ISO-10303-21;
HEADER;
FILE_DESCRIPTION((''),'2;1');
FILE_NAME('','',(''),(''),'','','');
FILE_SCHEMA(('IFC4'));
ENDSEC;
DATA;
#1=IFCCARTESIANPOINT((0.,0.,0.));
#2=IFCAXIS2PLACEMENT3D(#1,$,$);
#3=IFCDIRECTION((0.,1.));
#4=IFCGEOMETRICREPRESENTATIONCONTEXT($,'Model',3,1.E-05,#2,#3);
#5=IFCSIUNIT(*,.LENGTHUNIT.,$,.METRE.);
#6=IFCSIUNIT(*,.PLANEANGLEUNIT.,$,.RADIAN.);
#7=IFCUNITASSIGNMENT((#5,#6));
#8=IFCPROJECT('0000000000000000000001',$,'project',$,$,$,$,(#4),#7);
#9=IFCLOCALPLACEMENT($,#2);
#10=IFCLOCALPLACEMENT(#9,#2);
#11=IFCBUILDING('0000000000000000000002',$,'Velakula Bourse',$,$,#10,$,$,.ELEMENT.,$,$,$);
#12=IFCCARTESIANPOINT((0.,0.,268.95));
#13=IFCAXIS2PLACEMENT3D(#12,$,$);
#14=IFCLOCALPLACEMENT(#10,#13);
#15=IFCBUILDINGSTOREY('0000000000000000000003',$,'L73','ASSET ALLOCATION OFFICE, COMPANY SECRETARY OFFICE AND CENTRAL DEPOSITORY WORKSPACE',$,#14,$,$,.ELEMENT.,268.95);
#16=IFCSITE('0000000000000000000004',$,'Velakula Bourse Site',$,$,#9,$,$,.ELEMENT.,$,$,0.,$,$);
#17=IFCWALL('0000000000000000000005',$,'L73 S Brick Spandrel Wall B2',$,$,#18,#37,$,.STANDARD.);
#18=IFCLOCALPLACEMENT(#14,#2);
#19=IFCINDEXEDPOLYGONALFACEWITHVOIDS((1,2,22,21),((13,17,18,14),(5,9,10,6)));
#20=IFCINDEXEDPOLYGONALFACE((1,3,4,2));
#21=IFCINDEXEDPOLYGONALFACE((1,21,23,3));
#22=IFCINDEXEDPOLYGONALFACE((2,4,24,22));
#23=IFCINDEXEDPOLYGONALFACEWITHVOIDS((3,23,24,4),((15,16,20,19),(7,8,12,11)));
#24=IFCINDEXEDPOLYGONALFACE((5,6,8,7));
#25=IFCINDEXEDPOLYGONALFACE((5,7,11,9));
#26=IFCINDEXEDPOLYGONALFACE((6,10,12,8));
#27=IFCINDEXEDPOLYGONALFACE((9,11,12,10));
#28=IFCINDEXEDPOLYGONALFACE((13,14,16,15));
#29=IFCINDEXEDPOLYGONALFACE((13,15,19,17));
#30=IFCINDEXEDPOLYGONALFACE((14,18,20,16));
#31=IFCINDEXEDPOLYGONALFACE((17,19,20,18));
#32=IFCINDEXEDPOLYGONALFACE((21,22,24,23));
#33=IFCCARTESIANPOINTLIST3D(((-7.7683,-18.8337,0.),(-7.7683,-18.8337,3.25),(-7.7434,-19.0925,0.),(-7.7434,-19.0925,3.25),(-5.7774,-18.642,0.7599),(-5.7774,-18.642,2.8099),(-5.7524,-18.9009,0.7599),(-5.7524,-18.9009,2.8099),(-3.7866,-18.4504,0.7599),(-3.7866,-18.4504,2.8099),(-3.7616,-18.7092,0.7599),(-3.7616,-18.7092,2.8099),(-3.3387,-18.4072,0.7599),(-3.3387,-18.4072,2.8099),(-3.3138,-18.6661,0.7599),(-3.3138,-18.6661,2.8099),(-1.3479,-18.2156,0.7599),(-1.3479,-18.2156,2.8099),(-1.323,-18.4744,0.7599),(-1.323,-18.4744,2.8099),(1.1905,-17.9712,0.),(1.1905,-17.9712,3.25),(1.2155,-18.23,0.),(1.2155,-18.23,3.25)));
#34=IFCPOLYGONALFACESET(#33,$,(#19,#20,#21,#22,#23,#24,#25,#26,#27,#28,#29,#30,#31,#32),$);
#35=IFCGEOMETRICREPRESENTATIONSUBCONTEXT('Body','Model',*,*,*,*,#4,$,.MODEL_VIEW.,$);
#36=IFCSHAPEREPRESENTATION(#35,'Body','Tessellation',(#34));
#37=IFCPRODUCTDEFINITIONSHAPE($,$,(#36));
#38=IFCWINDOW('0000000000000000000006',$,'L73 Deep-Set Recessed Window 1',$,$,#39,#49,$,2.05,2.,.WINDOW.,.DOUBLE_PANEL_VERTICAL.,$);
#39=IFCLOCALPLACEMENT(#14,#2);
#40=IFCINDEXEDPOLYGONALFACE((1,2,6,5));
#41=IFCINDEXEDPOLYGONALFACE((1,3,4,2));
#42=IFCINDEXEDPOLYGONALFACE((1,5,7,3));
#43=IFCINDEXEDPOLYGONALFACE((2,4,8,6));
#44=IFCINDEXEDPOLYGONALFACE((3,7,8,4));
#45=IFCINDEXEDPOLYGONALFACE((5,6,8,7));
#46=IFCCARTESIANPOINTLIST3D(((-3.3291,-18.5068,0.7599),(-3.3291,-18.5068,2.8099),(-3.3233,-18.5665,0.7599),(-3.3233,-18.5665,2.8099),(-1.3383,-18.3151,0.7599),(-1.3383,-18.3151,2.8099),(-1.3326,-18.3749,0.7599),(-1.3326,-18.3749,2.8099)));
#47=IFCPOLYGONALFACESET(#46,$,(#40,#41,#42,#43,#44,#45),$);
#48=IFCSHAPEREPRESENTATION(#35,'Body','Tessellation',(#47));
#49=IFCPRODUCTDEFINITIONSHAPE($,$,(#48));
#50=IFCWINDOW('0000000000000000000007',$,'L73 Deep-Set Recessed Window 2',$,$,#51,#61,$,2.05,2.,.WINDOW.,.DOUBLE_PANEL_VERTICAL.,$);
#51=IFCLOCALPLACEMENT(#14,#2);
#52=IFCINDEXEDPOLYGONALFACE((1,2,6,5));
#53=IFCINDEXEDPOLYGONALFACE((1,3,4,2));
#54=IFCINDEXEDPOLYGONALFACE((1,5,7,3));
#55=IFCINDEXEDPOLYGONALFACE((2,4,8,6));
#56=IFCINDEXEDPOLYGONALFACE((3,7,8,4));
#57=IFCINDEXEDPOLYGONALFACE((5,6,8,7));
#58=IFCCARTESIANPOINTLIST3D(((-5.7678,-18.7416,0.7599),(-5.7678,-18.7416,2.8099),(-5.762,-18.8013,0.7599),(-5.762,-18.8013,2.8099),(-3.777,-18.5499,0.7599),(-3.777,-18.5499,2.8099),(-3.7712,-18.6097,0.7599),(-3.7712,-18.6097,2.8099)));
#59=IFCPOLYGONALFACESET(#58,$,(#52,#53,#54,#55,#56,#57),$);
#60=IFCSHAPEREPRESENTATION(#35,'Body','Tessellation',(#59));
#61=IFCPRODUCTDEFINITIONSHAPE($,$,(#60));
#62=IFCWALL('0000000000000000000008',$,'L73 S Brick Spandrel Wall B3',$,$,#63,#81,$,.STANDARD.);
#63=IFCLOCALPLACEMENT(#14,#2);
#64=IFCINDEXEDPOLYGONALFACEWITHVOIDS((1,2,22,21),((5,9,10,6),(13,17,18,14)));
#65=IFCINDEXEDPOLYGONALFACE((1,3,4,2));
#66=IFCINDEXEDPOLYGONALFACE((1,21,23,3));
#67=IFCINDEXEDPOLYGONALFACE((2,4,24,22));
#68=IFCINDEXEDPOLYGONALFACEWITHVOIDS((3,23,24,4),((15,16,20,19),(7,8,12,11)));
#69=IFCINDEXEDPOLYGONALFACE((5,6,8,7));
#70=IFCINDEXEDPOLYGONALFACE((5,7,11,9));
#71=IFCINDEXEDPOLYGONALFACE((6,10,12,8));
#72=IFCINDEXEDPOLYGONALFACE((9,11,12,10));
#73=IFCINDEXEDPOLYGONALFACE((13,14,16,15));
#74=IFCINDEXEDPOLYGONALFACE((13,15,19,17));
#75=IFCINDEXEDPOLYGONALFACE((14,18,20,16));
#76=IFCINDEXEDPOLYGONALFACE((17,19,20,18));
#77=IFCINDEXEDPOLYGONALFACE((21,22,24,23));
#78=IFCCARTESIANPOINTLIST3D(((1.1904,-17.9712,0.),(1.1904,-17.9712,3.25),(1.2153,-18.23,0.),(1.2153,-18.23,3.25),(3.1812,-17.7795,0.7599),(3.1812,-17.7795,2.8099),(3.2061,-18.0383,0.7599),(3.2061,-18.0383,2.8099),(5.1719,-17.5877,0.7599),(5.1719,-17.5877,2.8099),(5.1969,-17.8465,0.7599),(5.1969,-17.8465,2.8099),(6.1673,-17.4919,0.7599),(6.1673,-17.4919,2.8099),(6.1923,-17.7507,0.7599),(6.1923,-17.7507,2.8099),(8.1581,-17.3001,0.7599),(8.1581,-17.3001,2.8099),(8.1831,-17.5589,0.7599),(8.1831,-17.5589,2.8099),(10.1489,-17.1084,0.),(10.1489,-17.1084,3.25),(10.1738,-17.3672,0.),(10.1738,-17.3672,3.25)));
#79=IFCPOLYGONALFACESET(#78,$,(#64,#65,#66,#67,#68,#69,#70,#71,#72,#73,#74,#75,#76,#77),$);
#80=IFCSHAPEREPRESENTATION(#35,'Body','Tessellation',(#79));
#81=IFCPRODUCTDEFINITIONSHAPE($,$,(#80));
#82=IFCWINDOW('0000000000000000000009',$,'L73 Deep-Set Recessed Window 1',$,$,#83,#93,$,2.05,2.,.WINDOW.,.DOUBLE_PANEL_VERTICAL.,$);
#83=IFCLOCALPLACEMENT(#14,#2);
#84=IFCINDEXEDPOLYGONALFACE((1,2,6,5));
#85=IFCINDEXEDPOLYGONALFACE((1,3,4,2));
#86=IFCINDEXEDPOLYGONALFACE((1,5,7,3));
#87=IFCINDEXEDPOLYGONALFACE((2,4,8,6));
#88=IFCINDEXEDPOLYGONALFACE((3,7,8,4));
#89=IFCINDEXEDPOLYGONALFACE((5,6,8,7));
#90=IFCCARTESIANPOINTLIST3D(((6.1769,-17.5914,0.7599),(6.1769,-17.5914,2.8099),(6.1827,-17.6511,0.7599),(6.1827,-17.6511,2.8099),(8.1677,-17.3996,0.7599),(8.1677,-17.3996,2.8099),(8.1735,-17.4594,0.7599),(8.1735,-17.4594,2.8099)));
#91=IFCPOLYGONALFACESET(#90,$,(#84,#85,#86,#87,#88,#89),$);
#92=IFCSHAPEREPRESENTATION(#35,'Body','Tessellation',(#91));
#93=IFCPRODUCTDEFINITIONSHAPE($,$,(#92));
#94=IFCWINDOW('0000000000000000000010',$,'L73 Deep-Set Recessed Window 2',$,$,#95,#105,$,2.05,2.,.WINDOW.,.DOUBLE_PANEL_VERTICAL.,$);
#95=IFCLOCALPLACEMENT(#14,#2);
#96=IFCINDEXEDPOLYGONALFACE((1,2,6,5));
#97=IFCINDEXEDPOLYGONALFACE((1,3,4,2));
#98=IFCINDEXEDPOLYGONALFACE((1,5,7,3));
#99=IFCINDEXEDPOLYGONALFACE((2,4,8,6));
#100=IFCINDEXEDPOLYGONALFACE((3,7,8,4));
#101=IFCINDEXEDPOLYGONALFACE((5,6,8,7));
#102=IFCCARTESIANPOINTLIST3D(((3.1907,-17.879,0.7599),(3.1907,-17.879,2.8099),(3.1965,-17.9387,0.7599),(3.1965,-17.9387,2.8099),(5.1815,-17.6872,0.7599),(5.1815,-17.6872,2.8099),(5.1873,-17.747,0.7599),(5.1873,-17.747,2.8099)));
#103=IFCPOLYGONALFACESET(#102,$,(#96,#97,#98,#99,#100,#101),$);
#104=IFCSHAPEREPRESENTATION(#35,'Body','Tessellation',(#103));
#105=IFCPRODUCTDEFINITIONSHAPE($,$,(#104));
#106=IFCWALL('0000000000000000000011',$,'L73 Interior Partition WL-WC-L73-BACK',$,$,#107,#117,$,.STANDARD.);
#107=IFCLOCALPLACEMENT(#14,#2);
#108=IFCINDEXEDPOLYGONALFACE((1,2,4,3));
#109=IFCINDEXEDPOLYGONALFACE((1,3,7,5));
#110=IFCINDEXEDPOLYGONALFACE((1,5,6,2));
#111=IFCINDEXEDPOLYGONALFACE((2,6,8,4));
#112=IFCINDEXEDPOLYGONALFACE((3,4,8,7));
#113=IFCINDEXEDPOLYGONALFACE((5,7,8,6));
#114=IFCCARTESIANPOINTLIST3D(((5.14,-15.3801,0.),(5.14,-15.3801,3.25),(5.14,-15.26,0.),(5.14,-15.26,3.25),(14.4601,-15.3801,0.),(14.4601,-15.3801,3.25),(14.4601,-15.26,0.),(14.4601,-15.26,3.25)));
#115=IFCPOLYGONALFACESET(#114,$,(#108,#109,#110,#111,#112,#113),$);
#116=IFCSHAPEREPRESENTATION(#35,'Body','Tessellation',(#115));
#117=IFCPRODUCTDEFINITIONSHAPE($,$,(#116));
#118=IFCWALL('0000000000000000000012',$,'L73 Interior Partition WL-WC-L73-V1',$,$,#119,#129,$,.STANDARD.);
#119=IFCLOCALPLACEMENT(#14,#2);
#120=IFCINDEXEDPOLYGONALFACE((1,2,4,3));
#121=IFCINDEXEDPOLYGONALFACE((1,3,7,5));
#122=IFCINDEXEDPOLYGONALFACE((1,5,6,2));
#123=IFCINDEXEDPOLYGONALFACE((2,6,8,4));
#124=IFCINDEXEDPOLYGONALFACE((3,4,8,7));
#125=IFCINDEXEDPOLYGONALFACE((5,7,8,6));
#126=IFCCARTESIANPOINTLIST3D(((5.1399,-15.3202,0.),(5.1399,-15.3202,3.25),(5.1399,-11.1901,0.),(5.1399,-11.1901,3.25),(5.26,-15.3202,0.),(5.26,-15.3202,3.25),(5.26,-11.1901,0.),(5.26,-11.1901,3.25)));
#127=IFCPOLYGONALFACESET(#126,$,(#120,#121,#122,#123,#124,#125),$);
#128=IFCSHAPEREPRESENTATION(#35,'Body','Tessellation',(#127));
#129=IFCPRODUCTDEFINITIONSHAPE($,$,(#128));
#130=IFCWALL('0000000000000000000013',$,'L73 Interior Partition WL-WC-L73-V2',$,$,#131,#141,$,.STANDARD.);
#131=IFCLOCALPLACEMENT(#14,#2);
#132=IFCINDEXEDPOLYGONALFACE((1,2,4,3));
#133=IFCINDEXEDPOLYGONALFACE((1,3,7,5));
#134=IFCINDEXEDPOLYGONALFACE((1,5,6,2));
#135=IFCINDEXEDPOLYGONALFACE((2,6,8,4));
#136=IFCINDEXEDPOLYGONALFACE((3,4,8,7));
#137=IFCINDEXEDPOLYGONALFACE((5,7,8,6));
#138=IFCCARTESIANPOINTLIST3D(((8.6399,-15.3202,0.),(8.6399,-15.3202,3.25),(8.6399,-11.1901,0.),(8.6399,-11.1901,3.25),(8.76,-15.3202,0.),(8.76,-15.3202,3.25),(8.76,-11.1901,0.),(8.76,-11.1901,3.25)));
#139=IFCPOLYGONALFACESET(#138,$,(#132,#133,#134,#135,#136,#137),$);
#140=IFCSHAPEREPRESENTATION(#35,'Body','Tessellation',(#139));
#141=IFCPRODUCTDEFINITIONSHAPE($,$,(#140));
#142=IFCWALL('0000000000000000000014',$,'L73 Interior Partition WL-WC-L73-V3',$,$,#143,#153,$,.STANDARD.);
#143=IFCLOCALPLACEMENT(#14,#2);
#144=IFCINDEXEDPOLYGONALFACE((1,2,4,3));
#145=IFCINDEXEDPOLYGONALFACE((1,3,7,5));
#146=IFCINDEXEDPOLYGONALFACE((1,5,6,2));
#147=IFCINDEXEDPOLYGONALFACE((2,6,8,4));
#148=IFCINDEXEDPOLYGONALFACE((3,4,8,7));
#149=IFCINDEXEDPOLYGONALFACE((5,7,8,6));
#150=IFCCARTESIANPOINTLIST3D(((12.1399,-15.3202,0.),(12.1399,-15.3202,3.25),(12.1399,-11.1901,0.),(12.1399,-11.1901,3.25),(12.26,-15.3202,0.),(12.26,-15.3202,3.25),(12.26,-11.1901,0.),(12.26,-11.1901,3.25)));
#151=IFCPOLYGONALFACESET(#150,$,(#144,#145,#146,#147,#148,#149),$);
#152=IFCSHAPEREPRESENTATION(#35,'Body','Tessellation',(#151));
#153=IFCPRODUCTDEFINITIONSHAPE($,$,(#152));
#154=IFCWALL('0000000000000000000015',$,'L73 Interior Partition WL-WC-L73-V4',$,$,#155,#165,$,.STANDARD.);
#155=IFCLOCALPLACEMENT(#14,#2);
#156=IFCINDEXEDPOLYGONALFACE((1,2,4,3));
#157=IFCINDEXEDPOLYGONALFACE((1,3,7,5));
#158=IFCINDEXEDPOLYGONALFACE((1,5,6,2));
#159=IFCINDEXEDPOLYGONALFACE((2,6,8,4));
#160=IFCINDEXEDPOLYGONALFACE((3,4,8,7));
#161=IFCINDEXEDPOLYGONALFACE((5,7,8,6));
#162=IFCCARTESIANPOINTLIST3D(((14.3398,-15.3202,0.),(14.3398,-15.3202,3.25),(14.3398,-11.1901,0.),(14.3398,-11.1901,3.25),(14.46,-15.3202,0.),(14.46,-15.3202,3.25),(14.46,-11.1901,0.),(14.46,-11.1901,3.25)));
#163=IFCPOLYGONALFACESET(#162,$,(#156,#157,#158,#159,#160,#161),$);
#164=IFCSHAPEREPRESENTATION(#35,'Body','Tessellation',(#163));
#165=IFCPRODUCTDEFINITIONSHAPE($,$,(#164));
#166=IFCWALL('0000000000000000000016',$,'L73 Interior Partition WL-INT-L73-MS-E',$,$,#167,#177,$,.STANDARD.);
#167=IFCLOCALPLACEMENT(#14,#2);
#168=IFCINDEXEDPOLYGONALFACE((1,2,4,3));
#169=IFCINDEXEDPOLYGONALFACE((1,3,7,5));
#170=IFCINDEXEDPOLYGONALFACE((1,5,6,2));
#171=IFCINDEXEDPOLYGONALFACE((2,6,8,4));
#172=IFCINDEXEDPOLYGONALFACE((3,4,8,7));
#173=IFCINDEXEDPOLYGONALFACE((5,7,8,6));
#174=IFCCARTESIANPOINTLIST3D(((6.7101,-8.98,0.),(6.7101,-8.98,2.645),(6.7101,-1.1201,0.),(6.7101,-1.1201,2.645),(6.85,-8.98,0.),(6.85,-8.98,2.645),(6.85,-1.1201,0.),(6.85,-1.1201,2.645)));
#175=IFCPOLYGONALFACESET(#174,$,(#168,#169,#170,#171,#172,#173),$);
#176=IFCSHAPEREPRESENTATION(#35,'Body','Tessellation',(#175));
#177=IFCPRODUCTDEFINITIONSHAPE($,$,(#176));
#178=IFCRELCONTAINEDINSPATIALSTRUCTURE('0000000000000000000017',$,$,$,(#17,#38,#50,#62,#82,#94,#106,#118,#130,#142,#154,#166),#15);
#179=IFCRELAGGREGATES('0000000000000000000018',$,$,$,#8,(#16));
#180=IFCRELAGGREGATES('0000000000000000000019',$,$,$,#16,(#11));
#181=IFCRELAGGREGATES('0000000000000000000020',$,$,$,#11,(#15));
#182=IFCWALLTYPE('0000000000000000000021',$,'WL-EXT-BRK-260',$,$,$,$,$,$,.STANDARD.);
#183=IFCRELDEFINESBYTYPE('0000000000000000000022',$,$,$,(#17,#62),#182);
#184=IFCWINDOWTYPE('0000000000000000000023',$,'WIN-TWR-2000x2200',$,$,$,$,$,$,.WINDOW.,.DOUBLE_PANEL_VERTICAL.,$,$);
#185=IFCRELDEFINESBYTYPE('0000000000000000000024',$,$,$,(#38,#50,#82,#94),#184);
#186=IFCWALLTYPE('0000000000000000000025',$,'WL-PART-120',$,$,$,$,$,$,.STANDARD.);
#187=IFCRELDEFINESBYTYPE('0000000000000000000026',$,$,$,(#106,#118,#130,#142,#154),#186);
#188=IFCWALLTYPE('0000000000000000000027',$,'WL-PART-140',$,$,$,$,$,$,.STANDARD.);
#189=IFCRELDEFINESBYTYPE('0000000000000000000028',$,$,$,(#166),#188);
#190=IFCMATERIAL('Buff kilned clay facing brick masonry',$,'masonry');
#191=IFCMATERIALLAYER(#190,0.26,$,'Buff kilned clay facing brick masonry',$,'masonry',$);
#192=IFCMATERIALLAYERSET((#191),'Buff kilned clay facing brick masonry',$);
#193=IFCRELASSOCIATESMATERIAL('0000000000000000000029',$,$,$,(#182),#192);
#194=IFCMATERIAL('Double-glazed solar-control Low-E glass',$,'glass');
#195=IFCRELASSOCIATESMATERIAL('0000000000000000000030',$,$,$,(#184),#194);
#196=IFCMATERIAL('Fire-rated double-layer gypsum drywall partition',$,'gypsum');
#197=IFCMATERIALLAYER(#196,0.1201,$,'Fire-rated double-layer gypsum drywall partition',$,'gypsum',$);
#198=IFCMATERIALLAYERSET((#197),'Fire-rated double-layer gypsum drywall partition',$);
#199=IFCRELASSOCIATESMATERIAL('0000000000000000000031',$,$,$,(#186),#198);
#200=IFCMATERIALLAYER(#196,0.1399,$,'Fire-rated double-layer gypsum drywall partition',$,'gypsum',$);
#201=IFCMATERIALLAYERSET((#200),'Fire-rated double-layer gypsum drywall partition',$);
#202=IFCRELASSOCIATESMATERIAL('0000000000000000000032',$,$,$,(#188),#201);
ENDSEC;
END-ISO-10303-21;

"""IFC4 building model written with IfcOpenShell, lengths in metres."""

from ifc_helpers import new_model, si_unit, direction, frame, frame_2d, origin, place, context, subcontext, project, spatial, rectangle, extrude, material, layer, layer_set, type_object, element, fill, save


model = new_model("IFC4")

# Units and contexts
model_context = context("Model", 3, precision=1e-05, world=origin(), true_north=direction((0.0, 1.0)))
body_context = subcontext(model_context, "Body", "Model", "MODEL_VIEW")
ifc_project = project(units=[si_unit("LENGTHUNIT", "METRE"), si_unit("PLANEANGLEUNIT", "RADIAN")], contexts=[model_context])

# Site, building, storey
site_placement = place(None, origin())
site = spatial("IfcSite", under=ifc_project, at=site_placement, Name="Velakula Bourse Site", CompositionType="ELEMENT", RefElevation=0.0)
building_placement = place(site_placement, origin())
building = spatial("IfcBuilding", under=site, at=building_placement, Name="Velakula Bourse", CompositionType="ELEMENT")
storey_placement = place(building_placement, frame((0.0, 0.0, 268.95)))
storey = spatial("IfcBuildingStorey", under=building, at=storey_placement, Name="L73", Description="ASSET ALLOCATION OFFICE, COMPANY SECRETARY OFFICE AND CENTRAL DEPOSITORY WORKSPACE", CompositionType="ELEMENT", Elevation=268.95)

# Walls, openings, windows
ifc_material_1 = material(Name="Buff kilned clay facing brick masonry", Category="masonry")
ifc_layer_1 = layer(ifc_material_1, 0.26, Name="Buff kilned clay facing brick masonry", Category="masonry")
ifc_layer_set_1 = layer_set([ifc_layer_1], Name="Buff kilned clay facing brick masonry")
wall_type_1 = type_object("IfcWallType", Name="WL-EXT-BRK-260", PredefinedType="STANDARD", material=ifc_layer_set_1)
wall_1_placement = place(storey_placement, frame((1.2029, -18.1006, 0.0), z_axis=(0.0, 0.0, 1.0), x_axis=(-0.995397, -0.095837, 0.0)))
wall_1 = element("IfcWall", 1, at=wall_1_placement, inside=storey, type_object=wall_type_1, Name="L73 S Brick Spandrel Wall B2", PredefinedType="STANDARD", context=body_context, shape_type="SweptSolid", body=[
    extrude(rectangle(XDim=9.0002, YDim=0.26, at=frame_2d((4.5, 0.0))), origin(), (0.0, 0.0, 1.0), 3.25),
])
opening_1_placement = place(wall_1_placement, frame((2.55, 0.0, 0.76)))
opening_1 = element("IfcOpeningElement", 2, at=opening_1_placement, cuts=wall_1, PredefinedType="OPENING", context=body_context, shape_type="SweptSolid", body=[
    extrude(rectangle(XDim=2.0, YDim=2.05, at=frame_2d((1.0, 1.0249))), frame((0.0, 0.1399, 0.0), z_axis=(0.0, -1.0, 0.0), x_axis=(1.0, 0.0, 0.0)), (0.0, 0.0, 1.0), 0.28),
])
opening_2_placement = place(wall_1_placement, frame((5.0, 0.0, 0.76)))
opening_2 = element("IfcOpeningElement", 3, at=opening_2_placement, cuts=wall_1, PredefinedType="OPENING", context=body_context, shape_type="SweptSolid", body=[
    extrude(rectangle(XDim=2.0, YDim=2.05, at=frame_2d((1.0, 1.0249))), frame((0.0, 0.1399, 0.0), z_axis=(0.0, -1.0, 0.0), x_axis=(1.0, 0.0, 0.0)), (0.0, 0.0, 1.0), 0.28),
])
ifc_material_2 = material(Name="Double-glazed solar-control Low-E glass", Category="glass")
window_type = type_object("IfcWindowType", Name="WIN-TWR-2000x2200", PartitioningType="DOUBLE_PANEL_VERTICAL", PredefinedType="WINDOW", material=ifc_material_2)
window_1_placement = place(opening_1_placement, origin())
window_1 = element("IfcWindow", 4, at=window_1_placement, inside=storey, type_object=window_type, Name="L73 Deep-Set Recessed Window 1", OverallHeight=2.05, OverallWidth=2.0, PartitioningType="DOUBLE_PANEL_VERTICAL", PredefinedType="WINDOW", context=body_context, shape_type="SweptSolid", body=[
    extrude(rectangle(XDim=2.0, YDim=2.05, at=frame_2d((1.0, 1.0249))), frame((0.0, 0.03, 0.0), z_axis=(0.0, -1.0, 0.0), x_axis=(1.0, 0.0, 0.0)), (0.0, 0.0, 1.0), 0.0601),
])
fill(opening_1, window_1)
window_2_placement = place(opening_2_placement, origin())
window_2 = element("IfcWindow", 5, at=window_2_placement, inside=storey, type_object=window_type, Name="L73 Deep-Set Recessed Window 2", OverallHeight=2.05, OverallWidth=2.0, PartitioningType="DOUBLE_PANEL_VERTICAL", PredefinedType="WINDOW", context=body_context, shape_type="SweptSolid", body=[
    extrude(rectangle(XDim=2.0, YDim=2.05, at=frame_2d((1.0, 1.0249))), frame((0.0, 0.03, 0.0), z_axis=(0.0, -1.0, 0.0), x_axis=(1.0, 0.0, 0.0)), (0.0, 0.0, 1.0), 0.0601),
])
fill(opening_2, window_2)
wall_2_placement = place(storey_placement, frame((10.1614, -17.2378, 0.0), z_axis=(0.0, 0.0, 1.0), x_axis=(-0.995394, -0.095866, 0.0)))
wall_2 = element("IfcWall", 6, at=wall_2_placement, inside=storey, type_object=wall_type_1, Name="L73 S Brick Spandrel Wall B3", PredefinedType="STANDARD", context=body_context, shape_type="SweptSolid", body=[
    extrude(rectangle(XDim=9.0, YDim=0.26, at=frame_2d((4.5, 0.0))), origin(), (0.0, 0.0, 1.0), 3.25),
])
opening_3_placement = place(wall_2_placement, frame((2.0, 0.0, 0.76)))
opening_3 = element("IfcOpeningElement", 7, at=opening_3_placement, cuts=wall_2, PredefinedType="OPENING", context=body_context, shape_type="SweptSolid", body=[
    extrude(rectangle(XDim=2.0, YDim=2.05, at=frame_2d((1.0, 1.0249))), frame((0.0, 0.1399, 0.0), z_axis=(0.0, -1.0, 0.0), x_axis=(1.0, 0.0, 0.0)), (0.0, 0.0, 1.0), 0.28),
])
opening_4_placement = place(wall_2_placement, frame((5.0, 0.0, 0.76)))
opening_4 = element("IfcOpeningElement", 8, at=opening_4_placement, cuts=wall_2, PredefinedType="OPENING", context=body_context, shape_type="SweptSolid", body=[
    extrude(rectangle(XDim=2.0, YDim=2.05, at=frame_2d((1.0, 1.0249))), frame((0.0, 0.1399, 0.0), z_axis=(0.0, -1.0, 0.0), x_axis=(1.0, 0.0, 0.0)), (0.0, 0.0, 1.0), 0.28),
])
window_3_placement = place(opening_3_placement, origin())
window_3 = element("IfcWindow", 9, at=window_3_placement, inside=storey, type_object=window_type, Name="L73 Deep-Set Recessed Window 1", OverallHeight=2.05, OverallWidth=2.0, PartitioningType="DOUBLE_PANEL_VERTICAL", PredefinedType="WINDOW", context=body_context, shape_type="SweptSolid", body=[
    extrude(rectangle(XDim=2.0, YDim=2.05, at=frame_2d((1.0, 1.0249))), frame((0.0, 0.03, 0.0), z_axis=(0.0, -1.0, 0.0), x_axis=(1.0, 0.0, 0.0)), (0.0, 0.0, 1.0), 0.0601),
])
fill(opening_3, window_3)
window_4_placement = place(opening_4_placement, origin())
window_4 = element("IfcWindow", 10, at=window_4_placement, inside=storey, type_object=window_type, Name="L73 Deep-Set Recessed Window 2", OverallHeight=2.05, OverallWidth=2.0, PartitioningType="DOUBLE_PANEL_VERTICAL", PredefinedType="WINDOW", context=body_context, shape_type="SweptSolid", body=[
    extrude(rectangle(XDim=2.0, YDim=2.05, at=frame_2d((1.0, 1.0249))), frame((0.0, 0.03, 0.0), z_axis=(0.0, -1.0, 0.0), x_axis=(1.0, 0.0, 0.0)), (0.0, 0.0, 1.0), 0.0601),
])
fill(opening_4, window_4)

# Walls
ifc_material_3 = material(Name="Fire-rated double-layer gypsum drywall partition", Category="gypsum")
ifc_layer_2 = layer(ifc_material_3, 0.1201, Name="Fire-rated double-layer gypsum drywall partition", Category="gypsum")
ifc_layer_set_2 = layer_set([ifc_layer_2], Name="Fire-rated double-layer gypsum drywall partition")
wall_type_2 = type_object("IfcWallType", Name="WL-PART-120", PredefinedType="STANDARD", material=ifc_layer_set_2)
wall_3_placement = place(storey_placement, frame((5.1399, -15.3201, 0.0), z_axis=(0.0, 0.0, 1.0), x_axis=(1.0, 0.0, 0.0)))
element("IfcWall", 11, at=wall_3_placement, inside=storey, type_object=wall_type_2, Name="L73 Interior Partition WL-WC-L73-BACK", PredefinedType="STANDARD", context=body_context, shape_type="SweptSolid", body=[
    extrude(rectangle(XDim=9.3201, YDim=0.1201, at=frame_2d((4.6602, 0.0))), origin(), (0.0, 0.0, 1.0), 3.25),
])
for number, where, z_axis, x_axis, name in (
    (12, (5.2, -15.3201, 0.0), (0.0, 0.0, 1.0), (0.0, 1.0, 0.0), "L73 Interior Partition WL-WC-L73-V1"),
    (13, (8.7, -15.3201, 0.0), (0.0, 0.0, 1.0), (0.0, 1.0, 0.0), "L73 Interior Partition WL-WC-L73-V2"),
    (14, (12.2, -15.3201, 0.0), (0.0, 0.0, 1.0), (0.0, 1.0, 0.0), "L73 Interior Partition WL-WC-L73-V3"),
    (15, (14.3999, -15.3201, 0.0), (0.0, 0.0, 1.0), (0.0, 1.0, 0.0), "L73 Interior Partition WL-WC-L73-V4"),
):
    element("IfcWall", number, at=place(storey_placement, frame(where, z_axis=z_axis, x_axis=x_axis)), inside=storey, type_object=wall_type_2, Name=name, PredefinedType="STANDARD", context=body_context, shape_type="SweptSolid", body=[
        extrude(rectangle(XDim=4.1301, YDim=0.1201, at=frame_2d((2.0649, 0.0))), origin(), (0.0, 0.0, 1.0), 3.25),
    ])
ifc_layer_3 = layer(ifc_material_3, 0.1399, Name="Fire-rated double-layer gypsum drywall partition", Category="gypsum")
ifc_layer_set_3 = layer_set([ifc_layer_3], Name="Fire-rated double-layer gypsum drywall partition")
wall_type_3 = type_object("IfcWallType", Name="WL-PART-140", PredefinedType="STANDARD", material=ifc_layer_set_3)
wall_4_placement = place(storey_placement, frame((6.78, -8.98, 0.0), z_axis=(0.0, 0.0, 1.0), x_axis=(0.0, 1.0, 0.0)))
element("IfcWall", 16, at=wall_4_placement, inside=storey, type_object=wall_type_3, Name="L73 Interior Partition WL-INT-L73-MS-E", PredefinedType="STANDARD", context=body_context, shape_type="SweptSolid", body=[
    extrude(rectangle(XDim=7.8599, YDim=0.1399, at=frame_2d((3.9299, 0.0))), origin(), (0.0, 0.0, 1.0), 2.645),
])

save(model, "model.ifc")
